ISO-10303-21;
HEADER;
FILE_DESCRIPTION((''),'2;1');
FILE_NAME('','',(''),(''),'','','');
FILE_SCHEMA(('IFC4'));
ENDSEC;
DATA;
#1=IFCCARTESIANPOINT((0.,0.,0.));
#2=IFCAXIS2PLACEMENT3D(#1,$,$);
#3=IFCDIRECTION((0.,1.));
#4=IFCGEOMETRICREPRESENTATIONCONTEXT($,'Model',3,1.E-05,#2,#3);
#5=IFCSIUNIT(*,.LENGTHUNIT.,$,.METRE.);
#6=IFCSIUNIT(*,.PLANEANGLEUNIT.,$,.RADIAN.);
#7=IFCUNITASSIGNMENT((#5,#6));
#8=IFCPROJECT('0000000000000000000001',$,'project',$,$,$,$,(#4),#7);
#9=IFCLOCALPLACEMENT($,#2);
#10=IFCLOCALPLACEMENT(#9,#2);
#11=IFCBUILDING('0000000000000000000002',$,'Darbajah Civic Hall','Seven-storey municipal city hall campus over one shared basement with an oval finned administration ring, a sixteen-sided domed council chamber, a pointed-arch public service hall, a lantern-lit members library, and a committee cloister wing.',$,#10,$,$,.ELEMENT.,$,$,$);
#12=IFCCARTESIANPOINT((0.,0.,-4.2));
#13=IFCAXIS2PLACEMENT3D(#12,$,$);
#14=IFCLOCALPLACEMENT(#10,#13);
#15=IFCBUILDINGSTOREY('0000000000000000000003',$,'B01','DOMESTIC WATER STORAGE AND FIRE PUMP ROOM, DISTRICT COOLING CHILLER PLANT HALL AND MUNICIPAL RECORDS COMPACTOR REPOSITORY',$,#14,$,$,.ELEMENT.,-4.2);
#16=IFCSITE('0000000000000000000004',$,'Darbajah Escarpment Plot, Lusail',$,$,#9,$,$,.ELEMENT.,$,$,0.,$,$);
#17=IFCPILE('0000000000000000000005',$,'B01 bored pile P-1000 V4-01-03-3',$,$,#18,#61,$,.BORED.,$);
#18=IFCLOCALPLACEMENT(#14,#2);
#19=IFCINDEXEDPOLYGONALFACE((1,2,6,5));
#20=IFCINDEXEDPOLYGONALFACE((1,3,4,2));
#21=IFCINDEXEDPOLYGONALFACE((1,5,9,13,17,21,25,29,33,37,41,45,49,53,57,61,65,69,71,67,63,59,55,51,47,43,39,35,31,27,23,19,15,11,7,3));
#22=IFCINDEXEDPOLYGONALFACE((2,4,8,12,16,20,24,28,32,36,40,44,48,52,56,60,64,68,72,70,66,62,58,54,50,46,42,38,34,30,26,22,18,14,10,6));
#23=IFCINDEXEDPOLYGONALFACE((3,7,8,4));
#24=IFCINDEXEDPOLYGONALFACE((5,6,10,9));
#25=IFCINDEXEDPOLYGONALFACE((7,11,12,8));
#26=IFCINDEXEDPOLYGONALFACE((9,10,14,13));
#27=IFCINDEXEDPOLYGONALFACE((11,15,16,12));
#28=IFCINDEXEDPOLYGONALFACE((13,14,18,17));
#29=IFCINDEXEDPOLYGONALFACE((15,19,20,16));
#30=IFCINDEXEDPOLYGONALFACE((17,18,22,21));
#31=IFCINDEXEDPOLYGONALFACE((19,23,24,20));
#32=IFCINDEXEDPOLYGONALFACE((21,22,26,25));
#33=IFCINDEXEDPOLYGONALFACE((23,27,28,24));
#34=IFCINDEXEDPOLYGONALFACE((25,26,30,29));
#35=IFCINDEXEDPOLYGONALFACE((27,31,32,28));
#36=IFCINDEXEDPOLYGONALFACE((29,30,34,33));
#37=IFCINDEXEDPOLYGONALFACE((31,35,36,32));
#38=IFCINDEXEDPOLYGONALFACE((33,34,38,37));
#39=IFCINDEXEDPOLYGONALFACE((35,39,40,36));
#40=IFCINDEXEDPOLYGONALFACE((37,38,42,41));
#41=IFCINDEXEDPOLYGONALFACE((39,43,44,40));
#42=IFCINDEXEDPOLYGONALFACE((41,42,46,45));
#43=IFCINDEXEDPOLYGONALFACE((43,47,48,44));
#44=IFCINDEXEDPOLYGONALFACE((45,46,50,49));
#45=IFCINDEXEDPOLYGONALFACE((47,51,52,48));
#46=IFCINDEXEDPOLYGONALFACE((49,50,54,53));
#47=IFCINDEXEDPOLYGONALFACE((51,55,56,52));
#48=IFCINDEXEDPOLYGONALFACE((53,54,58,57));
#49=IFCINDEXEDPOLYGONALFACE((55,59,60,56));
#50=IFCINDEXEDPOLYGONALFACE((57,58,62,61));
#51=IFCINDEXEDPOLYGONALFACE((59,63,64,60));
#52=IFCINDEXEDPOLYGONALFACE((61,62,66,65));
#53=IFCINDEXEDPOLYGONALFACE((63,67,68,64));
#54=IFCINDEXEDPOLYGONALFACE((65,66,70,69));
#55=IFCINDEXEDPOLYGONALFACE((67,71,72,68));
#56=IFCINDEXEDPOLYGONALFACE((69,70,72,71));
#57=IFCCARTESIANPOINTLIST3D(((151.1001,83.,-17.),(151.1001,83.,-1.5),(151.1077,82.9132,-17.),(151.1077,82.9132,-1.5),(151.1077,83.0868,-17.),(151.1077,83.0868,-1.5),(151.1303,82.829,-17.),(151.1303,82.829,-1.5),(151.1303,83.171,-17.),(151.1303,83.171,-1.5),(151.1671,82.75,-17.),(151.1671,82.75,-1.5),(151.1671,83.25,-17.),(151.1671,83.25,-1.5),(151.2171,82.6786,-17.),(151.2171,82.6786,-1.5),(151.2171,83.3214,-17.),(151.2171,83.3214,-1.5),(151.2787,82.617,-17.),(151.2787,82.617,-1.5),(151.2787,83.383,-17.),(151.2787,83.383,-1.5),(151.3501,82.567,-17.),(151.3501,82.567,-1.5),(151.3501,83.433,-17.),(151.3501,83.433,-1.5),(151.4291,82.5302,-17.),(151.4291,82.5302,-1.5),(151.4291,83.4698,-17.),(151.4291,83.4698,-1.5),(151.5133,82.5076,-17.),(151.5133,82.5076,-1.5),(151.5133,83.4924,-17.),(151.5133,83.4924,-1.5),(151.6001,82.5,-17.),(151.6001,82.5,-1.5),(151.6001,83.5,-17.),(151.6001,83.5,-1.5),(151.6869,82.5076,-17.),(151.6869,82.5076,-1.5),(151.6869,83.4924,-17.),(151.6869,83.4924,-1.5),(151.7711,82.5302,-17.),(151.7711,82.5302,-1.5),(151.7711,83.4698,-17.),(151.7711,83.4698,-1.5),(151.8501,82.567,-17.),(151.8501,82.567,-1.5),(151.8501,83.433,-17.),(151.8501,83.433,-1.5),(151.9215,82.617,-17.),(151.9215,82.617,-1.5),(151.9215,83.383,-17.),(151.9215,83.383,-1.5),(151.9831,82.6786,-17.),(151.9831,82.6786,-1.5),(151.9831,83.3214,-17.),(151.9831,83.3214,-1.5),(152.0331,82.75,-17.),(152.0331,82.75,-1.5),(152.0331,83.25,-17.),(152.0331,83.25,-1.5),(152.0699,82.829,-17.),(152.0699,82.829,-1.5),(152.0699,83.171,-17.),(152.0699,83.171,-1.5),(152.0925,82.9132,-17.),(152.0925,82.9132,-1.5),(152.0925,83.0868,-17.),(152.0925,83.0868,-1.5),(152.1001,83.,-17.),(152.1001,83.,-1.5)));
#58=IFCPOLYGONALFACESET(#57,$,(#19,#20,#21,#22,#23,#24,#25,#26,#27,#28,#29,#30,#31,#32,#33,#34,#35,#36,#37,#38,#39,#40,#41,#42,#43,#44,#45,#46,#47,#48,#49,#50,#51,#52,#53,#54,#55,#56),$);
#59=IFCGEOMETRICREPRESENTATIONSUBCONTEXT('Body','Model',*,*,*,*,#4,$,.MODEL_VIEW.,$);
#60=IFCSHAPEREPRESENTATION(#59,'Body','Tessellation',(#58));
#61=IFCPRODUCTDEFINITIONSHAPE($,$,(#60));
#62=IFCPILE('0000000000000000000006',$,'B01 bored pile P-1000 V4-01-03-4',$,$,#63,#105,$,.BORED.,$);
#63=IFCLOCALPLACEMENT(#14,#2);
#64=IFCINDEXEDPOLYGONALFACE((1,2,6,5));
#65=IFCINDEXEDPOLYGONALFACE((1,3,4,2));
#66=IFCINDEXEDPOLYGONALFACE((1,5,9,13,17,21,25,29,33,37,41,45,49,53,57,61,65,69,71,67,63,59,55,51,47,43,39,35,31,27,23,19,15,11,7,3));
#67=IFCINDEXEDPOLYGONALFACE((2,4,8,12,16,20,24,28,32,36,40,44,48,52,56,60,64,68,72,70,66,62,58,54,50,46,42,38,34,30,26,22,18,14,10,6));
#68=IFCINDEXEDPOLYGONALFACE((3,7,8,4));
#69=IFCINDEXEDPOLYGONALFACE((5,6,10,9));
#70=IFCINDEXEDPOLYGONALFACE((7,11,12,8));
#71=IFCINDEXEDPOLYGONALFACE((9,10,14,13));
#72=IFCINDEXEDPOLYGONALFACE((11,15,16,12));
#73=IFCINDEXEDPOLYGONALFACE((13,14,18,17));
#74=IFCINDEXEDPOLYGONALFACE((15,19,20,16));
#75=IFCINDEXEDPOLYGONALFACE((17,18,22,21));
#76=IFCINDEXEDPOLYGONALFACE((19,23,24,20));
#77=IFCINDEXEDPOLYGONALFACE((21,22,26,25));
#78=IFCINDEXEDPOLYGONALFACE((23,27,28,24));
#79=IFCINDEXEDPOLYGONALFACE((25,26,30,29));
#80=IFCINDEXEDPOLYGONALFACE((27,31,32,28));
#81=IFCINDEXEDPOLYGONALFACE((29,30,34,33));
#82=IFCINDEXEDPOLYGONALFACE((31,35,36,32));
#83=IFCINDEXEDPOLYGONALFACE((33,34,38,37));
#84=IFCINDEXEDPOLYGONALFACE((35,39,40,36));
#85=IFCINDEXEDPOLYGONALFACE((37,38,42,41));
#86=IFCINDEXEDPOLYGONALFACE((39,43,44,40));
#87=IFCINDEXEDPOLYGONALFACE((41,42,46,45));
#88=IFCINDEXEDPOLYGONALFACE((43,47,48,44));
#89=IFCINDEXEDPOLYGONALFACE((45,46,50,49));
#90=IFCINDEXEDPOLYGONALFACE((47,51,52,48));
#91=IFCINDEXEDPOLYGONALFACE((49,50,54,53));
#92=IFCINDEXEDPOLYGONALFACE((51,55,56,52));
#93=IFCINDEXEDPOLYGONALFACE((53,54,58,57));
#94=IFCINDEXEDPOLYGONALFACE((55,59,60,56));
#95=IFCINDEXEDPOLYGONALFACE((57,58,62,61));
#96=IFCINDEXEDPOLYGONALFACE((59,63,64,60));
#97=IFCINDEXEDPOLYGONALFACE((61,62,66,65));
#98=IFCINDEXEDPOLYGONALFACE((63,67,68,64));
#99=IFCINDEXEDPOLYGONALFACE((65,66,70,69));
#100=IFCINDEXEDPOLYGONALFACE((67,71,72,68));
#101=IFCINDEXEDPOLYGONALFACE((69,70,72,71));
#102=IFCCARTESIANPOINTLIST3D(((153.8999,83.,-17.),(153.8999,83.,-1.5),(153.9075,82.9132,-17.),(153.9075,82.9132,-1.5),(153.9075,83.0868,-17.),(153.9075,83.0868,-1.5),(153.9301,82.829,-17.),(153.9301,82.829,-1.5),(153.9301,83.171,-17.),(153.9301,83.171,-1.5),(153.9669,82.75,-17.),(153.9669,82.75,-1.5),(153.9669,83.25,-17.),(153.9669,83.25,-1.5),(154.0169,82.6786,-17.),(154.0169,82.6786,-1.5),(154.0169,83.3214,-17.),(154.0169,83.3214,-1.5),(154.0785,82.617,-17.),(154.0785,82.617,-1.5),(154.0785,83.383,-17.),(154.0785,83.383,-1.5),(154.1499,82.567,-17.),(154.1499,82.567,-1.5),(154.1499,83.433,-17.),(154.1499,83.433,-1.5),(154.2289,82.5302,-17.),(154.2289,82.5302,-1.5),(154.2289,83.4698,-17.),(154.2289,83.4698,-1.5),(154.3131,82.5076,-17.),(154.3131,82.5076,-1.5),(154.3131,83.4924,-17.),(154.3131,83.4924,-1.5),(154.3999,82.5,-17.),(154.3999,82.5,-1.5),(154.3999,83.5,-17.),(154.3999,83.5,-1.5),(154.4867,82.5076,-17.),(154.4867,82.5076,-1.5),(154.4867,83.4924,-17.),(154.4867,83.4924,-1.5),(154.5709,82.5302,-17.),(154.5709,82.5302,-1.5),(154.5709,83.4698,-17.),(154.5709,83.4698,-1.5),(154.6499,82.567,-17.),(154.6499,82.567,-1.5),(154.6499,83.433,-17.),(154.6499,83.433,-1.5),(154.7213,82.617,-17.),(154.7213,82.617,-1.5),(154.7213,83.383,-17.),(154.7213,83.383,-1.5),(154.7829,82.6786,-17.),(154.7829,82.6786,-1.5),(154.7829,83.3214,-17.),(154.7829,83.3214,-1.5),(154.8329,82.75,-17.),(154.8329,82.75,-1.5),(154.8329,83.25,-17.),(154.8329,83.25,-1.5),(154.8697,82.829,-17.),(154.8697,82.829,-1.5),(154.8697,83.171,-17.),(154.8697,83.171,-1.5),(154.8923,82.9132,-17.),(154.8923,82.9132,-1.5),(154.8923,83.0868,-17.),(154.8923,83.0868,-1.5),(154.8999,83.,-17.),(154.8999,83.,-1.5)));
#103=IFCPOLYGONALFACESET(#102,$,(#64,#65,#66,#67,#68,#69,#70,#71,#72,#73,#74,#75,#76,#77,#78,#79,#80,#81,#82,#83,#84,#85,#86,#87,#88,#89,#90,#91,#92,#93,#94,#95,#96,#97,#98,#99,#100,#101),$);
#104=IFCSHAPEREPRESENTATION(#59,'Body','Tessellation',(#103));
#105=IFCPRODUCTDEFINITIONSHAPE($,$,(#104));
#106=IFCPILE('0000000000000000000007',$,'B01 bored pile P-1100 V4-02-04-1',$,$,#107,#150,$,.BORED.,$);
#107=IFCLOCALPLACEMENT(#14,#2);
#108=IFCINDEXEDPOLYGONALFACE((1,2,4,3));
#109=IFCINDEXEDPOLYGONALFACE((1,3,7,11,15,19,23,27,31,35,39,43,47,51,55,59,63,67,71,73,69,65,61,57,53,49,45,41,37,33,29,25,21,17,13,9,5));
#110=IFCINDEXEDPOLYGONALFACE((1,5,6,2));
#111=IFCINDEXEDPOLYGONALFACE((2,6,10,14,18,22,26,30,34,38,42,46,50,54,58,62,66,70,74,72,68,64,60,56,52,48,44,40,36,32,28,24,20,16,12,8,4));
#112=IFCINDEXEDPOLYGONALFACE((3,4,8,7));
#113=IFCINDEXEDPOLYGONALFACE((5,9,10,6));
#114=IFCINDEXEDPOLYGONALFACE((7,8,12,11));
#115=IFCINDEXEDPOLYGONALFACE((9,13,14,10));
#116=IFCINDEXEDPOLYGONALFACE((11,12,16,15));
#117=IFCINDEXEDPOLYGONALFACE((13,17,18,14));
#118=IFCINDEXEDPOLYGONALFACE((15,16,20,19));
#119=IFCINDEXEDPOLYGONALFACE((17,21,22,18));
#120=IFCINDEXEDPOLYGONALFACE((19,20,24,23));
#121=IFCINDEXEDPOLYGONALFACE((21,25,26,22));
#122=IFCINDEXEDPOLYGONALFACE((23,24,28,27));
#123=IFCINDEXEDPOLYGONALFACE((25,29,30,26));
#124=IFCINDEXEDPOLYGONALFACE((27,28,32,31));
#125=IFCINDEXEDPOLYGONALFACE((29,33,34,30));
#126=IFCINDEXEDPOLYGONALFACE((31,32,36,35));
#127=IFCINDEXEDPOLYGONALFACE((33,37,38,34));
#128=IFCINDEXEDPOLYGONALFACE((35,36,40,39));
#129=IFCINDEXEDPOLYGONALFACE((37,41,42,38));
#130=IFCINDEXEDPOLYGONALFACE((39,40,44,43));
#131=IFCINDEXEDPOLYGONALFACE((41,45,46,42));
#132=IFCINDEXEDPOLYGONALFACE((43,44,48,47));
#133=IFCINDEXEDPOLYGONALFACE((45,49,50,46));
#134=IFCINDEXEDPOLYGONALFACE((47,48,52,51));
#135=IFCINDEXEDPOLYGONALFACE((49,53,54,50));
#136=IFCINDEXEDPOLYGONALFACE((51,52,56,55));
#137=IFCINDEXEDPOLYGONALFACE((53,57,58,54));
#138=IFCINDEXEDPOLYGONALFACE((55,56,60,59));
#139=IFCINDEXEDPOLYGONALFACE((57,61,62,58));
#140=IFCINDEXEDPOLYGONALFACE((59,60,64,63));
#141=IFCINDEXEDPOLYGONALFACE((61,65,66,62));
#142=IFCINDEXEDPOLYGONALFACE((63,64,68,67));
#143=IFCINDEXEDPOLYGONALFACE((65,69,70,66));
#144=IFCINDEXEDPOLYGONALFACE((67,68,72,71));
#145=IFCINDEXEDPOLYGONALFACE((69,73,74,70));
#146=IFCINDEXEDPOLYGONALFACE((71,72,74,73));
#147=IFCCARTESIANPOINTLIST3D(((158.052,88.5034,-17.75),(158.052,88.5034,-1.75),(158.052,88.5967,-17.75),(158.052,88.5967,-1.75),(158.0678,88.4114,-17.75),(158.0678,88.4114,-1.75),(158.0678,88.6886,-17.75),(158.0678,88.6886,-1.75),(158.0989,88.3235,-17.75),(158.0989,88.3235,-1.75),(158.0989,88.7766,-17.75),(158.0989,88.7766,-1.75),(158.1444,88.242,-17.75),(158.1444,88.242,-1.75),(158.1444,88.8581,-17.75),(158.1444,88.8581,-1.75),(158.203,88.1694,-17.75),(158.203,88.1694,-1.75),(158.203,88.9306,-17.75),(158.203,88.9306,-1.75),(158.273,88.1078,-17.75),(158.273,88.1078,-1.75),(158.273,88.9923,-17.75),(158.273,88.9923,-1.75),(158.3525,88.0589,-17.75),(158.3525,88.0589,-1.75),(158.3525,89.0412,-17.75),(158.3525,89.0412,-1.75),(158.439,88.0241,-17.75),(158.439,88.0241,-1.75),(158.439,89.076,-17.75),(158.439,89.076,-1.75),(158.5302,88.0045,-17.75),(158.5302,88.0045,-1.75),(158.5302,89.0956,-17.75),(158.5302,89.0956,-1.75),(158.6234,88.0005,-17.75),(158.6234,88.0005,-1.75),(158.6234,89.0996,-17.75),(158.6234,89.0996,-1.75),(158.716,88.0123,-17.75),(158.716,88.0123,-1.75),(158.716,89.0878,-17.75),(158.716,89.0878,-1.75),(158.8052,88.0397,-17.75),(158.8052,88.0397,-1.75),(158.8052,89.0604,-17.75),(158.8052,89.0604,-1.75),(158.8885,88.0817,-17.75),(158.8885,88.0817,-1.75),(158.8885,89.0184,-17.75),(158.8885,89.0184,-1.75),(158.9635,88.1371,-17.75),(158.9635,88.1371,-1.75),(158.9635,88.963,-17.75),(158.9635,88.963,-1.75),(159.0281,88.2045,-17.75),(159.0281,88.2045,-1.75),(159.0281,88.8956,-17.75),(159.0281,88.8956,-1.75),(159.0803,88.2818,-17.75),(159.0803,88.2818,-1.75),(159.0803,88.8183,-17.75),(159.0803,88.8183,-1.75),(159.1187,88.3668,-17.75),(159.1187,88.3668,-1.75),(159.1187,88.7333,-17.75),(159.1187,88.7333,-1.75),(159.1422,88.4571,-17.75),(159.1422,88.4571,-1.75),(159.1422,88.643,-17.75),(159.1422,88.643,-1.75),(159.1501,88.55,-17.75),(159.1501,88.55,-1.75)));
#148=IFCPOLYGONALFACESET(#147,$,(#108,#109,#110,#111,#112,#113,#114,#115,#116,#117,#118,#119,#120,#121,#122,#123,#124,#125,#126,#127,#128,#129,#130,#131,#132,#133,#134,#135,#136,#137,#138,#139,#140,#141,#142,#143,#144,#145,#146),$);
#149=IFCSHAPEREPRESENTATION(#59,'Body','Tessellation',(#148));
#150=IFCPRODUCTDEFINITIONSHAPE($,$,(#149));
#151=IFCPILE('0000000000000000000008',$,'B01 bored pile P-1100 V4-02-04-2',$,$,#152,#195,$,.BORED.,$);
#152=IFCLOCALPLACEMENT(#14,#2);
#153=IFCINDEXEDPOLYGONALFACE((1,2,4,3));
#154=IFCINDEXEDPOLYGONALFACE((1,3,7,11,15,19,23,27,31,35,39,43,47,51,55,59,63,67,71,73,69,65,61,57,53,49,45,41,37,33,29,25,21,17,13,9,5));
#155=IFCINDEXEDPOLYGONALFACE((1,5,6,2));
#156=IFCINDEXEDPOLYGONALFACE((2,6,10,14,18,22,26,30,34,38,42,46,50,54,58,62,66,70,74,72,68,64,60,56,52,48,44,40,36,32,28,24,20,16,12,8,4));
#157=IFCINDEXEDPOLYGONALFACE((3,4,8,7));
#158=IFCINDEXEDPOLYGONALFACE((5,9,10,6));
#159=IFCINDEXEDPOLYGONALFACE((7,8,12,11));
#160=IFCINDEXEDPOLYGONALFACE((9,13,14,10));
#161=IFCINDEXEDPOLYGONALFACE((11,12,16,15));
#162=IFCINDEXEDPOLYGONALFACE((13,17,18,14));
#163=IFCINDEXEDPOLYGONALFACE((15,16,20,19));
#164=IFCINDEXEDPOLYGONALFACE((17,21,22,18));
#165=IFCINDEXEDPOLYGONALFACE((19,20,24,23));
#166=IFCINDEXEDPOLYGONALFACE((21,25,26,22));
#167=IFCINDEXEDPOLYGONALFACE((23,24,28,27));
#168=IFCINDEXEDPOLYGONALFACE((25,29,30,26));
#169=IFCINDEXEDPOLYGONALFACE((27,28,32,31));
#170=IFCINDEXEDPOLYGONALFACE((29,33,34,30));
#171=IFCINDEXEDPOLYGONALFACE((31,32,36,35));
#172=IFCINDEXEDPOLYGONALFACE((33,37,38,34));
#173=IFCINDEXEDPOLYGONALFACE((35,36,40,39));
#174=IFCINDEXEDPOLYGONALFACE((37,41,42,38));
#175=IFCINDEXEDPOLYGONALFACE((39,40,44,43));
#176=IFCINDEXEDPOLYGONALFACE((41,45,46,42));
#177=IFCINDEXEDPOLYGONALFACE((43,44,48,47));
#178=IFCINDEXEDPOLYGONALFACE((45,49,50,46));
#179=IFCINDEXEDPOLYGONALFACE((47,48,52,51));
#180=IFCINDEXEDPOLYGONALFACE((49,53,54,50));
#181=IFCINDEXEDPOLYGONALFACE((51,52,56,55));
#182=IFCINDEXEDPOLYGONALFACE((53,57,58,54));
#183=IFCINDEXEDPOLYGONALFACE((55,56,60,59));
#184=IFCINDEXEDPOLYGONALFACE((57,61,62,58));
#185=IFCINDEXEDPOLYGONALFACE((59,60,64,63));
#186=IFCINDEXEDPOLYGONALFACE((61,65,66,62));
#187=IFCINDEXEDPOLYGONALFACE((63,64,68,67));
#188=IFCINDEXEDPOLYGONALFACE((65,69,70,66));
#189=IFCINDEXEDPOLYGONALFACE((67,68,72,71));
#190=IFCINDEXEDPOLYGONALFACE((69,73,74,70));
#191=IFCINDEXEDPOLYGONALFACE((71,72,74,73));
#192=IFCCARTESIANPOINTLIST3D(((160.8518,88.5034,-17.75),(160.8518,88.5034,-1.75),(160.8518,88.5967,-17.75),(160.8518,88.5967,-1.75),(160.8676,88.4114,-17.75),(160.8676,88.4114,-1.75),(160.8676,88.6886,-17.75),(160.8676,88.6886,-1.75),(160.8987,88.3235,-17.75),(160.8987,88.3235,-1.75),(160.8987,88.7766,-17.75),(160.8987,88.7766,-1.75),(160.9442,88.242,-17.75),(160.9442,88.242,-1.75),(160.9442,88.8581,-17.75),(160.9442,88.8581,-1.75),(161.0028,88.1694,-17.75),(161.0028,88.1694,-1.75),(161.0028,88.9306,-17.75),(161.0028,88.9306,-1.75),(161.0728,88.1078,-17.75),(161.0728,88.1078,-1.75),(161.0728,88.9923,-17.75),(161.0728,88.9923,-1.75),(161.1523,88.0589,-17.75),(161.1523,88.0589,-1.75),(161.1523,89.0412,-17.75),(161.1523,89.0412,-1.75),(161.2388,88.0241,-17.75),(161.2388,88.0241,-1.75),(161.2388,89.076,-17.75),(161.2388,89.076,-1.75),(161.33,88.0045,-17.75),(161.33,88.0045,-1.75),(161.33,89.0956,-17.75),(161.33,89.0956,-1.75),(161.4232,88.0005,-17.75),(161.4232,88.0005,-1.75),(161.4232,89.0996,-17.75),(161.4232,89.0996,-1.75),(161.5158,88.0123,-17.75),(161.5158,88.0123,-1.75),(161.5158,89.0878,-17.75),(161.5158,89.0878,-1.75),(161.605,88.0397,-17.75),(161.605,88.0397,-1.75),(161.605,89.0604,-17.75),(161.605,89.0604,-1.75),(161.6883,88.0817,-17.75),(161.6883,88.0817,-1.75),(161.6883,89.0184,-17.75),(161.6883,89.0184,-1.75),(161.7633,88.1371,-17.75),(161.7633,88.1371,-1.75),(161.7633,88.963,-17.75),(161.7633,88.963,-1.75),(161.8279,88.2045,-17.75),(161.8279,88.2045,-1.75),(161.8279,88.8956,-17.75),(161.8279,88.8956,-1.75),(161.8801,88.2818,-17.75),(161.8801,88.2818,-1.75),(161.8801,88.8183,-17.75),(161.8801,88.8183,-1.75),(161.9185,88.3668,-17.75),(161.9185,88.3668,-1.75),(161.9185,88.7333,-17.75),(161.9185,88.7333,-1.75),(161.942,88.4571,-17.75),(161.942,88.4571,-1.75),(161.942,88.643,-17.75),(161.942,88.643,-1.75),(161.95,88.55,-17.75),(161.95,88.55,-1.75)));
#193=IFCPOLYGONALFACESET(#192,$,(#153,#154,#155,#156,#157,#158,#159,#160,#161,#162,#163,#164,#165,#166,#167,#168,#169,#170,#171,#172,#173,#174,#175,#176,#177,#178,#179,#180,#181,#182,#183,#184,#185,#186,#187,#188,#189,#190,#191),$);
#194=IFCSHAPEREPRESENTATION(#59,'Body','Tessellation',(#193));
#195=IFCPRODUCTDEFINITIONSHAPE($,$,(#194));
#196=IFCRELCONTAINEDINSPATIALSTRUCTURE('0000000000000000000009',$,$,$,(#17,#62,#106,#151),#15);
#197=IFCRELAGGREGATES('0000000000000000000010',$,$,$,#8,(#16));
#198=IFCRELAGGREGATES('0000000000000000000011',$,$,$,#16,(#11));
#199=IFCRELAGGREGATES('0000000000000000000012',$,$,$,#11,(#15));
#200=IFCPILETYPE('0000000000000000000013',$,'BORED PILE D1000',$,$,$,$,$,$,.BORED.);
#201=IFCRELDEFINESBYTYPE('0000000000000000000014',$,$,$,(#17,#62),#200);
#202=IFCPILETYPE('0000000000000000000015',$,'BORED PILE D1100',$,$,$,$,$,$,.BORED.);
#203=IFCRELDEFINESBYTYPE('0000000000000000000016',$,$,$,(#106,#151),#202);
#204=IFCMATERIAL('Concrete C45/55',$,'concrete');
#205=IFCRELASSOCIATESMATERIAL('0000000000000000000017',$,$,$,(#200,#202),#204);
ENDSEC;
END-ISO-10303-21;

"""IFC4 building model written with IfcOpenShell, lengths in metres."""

from ifc_helpers import new_model, si_unit, direction, frame, origin, origin_2d, place, context, subcontext, project, spatial, circle, extrude, material, material_profile, profile_set, type_object, element, save


model = new_model("IFC4")

# Units and contexts
model_context = context("Model", 3, precision=1e-05, world=origin(), true_north=direction((0.0, 1.0)))
body_context = subcontext(model_context, "Body", "Model", "MODEL_VIEW")
ifc_project = project(units=[si_unit("LENGTHUNIT", "METRE"), si_unit("PLANEANGLEUNIT", "RADIAN")], contexts=[model_context])

# Site, building, storey
site_placement = place(None, origin())
site = spatial("IfcSite", under=ifc_project, at=site_placement, Name="Darbajah Escarpment Plot, Lusail", CompositionType="ELEMENT", RefElevation=0.0)
building_placement = place(site_placement, origin())
building = spatial("IfcBuilding", under=site, at=building_placement, Name="Darbajah Civic Hall", Description="Seven-storey municipal city hall campus over one shared basement with an oval finned administration ring, a sixteen-sided domed council chamber, a pointed-arch public service hall, a lantern-lit members library, and a committee cloister wing.", CompositionType="ELEMENT")
storey_placement = place(building_placement, frame((0.0, 0.0, -4.2)))
storey = spatial("IfcBuildingStorey", under=building, at=storey_placement, Name="B01", Description="DOMESTIC WATER STORAGE AND FIRE PUMP ROOM, DISTRICT COOLING CHILLER PLANT HALL AND MUNICIPAL RECORDS COMPACTOR REPOSITORY", CompositionType="ELEMENT", Elevation=-4.2)

# Piles
ifc_material_1 = material(Name="Concrete C45/55", Category="concrete")
ifc_material_profile_1 = material_profile(ifc_material_1, circle(Radius=0.5, at=origin_2d()), Name="BORED PILE D1000")
ifc_profile_set_1 = profile_set([ifc_material_profile_1], Name="Concrete C45/55")
pile_type_1 = type_object("IfcPileType", Name="BORED PILE D1000", PredefinedType="BORED", material=ifc_profile_set_1)
for number, where, z_axis, x_axis, name in (
    (1, (151.6001, 83.0, -1.5), (0.0, 0.0, -1.0), (1.0, 0.0, 0.0), "B01 bored pile P-1000 V4-01-03-3"),
    (2, (154.3999, 83.0, -1.5), (0.0, 0.0, -1.0), (1.0, 0.0, 0.0), "B01 bored pile P-1000 V4-01-03-4"),
):
    element("IfcPile", number, at=place(storey_placement, frame(where, z_axis=z_axis, x_axis=x_axis)), inside=storey, type_object=pile_type_1, Name=name, PredefinedType="BORED", context=body_context, shape_type="SweptSolid", body=[
        extrude(circle(Radius=0.5, at=origin_2d()), origin(), (0.0, 0.0, 1.0), 15.5),
    ])
ifc_material_profile_2 = material_profile(ifc_material_1, circle(Radius=0.55, at=origin_2d()), Name="BORED PILE D1100")
ifc_profile_set_2 = profile_set([ifc_material_profile_2], Name="Concrete C45/55")
pile_type_2 = type_object("IfcPileType", Name="BORED PILE D1100", PredefinedType="BORED", material=ifc_profile_set_2)
for number, where, z_axis, x_axis, name in (
    (3, (158.6001, 88.55, -1.75), (0.0, 0.0, -1.0), (1.0, 0.0, 0.0), "B01 bored pile P-1100 V4-02-04-1"),
    (4, (161.3999, 88.55, -1.75), (0.0, 0.0, -1.0), (1.0, 0.0, 0.0), "B01 bored pile P-1100 V4-02-04-2"),
):
    element("IfcPile", number, at=place(storey_placement, frame(where, z_axis=z_axis, x_axis=x_axis)), inside=storey, type_object=pile_type_2, Name=name, PredefinedType="BORED", context=body_context, shape_type="SweptSolid", body=[
        extrude(circle(Radius=0.55, at=origin_2d()), origin(), (0.0, 0.0, 1.0), 16.0),
    ])

save(model, "model.ifc")
